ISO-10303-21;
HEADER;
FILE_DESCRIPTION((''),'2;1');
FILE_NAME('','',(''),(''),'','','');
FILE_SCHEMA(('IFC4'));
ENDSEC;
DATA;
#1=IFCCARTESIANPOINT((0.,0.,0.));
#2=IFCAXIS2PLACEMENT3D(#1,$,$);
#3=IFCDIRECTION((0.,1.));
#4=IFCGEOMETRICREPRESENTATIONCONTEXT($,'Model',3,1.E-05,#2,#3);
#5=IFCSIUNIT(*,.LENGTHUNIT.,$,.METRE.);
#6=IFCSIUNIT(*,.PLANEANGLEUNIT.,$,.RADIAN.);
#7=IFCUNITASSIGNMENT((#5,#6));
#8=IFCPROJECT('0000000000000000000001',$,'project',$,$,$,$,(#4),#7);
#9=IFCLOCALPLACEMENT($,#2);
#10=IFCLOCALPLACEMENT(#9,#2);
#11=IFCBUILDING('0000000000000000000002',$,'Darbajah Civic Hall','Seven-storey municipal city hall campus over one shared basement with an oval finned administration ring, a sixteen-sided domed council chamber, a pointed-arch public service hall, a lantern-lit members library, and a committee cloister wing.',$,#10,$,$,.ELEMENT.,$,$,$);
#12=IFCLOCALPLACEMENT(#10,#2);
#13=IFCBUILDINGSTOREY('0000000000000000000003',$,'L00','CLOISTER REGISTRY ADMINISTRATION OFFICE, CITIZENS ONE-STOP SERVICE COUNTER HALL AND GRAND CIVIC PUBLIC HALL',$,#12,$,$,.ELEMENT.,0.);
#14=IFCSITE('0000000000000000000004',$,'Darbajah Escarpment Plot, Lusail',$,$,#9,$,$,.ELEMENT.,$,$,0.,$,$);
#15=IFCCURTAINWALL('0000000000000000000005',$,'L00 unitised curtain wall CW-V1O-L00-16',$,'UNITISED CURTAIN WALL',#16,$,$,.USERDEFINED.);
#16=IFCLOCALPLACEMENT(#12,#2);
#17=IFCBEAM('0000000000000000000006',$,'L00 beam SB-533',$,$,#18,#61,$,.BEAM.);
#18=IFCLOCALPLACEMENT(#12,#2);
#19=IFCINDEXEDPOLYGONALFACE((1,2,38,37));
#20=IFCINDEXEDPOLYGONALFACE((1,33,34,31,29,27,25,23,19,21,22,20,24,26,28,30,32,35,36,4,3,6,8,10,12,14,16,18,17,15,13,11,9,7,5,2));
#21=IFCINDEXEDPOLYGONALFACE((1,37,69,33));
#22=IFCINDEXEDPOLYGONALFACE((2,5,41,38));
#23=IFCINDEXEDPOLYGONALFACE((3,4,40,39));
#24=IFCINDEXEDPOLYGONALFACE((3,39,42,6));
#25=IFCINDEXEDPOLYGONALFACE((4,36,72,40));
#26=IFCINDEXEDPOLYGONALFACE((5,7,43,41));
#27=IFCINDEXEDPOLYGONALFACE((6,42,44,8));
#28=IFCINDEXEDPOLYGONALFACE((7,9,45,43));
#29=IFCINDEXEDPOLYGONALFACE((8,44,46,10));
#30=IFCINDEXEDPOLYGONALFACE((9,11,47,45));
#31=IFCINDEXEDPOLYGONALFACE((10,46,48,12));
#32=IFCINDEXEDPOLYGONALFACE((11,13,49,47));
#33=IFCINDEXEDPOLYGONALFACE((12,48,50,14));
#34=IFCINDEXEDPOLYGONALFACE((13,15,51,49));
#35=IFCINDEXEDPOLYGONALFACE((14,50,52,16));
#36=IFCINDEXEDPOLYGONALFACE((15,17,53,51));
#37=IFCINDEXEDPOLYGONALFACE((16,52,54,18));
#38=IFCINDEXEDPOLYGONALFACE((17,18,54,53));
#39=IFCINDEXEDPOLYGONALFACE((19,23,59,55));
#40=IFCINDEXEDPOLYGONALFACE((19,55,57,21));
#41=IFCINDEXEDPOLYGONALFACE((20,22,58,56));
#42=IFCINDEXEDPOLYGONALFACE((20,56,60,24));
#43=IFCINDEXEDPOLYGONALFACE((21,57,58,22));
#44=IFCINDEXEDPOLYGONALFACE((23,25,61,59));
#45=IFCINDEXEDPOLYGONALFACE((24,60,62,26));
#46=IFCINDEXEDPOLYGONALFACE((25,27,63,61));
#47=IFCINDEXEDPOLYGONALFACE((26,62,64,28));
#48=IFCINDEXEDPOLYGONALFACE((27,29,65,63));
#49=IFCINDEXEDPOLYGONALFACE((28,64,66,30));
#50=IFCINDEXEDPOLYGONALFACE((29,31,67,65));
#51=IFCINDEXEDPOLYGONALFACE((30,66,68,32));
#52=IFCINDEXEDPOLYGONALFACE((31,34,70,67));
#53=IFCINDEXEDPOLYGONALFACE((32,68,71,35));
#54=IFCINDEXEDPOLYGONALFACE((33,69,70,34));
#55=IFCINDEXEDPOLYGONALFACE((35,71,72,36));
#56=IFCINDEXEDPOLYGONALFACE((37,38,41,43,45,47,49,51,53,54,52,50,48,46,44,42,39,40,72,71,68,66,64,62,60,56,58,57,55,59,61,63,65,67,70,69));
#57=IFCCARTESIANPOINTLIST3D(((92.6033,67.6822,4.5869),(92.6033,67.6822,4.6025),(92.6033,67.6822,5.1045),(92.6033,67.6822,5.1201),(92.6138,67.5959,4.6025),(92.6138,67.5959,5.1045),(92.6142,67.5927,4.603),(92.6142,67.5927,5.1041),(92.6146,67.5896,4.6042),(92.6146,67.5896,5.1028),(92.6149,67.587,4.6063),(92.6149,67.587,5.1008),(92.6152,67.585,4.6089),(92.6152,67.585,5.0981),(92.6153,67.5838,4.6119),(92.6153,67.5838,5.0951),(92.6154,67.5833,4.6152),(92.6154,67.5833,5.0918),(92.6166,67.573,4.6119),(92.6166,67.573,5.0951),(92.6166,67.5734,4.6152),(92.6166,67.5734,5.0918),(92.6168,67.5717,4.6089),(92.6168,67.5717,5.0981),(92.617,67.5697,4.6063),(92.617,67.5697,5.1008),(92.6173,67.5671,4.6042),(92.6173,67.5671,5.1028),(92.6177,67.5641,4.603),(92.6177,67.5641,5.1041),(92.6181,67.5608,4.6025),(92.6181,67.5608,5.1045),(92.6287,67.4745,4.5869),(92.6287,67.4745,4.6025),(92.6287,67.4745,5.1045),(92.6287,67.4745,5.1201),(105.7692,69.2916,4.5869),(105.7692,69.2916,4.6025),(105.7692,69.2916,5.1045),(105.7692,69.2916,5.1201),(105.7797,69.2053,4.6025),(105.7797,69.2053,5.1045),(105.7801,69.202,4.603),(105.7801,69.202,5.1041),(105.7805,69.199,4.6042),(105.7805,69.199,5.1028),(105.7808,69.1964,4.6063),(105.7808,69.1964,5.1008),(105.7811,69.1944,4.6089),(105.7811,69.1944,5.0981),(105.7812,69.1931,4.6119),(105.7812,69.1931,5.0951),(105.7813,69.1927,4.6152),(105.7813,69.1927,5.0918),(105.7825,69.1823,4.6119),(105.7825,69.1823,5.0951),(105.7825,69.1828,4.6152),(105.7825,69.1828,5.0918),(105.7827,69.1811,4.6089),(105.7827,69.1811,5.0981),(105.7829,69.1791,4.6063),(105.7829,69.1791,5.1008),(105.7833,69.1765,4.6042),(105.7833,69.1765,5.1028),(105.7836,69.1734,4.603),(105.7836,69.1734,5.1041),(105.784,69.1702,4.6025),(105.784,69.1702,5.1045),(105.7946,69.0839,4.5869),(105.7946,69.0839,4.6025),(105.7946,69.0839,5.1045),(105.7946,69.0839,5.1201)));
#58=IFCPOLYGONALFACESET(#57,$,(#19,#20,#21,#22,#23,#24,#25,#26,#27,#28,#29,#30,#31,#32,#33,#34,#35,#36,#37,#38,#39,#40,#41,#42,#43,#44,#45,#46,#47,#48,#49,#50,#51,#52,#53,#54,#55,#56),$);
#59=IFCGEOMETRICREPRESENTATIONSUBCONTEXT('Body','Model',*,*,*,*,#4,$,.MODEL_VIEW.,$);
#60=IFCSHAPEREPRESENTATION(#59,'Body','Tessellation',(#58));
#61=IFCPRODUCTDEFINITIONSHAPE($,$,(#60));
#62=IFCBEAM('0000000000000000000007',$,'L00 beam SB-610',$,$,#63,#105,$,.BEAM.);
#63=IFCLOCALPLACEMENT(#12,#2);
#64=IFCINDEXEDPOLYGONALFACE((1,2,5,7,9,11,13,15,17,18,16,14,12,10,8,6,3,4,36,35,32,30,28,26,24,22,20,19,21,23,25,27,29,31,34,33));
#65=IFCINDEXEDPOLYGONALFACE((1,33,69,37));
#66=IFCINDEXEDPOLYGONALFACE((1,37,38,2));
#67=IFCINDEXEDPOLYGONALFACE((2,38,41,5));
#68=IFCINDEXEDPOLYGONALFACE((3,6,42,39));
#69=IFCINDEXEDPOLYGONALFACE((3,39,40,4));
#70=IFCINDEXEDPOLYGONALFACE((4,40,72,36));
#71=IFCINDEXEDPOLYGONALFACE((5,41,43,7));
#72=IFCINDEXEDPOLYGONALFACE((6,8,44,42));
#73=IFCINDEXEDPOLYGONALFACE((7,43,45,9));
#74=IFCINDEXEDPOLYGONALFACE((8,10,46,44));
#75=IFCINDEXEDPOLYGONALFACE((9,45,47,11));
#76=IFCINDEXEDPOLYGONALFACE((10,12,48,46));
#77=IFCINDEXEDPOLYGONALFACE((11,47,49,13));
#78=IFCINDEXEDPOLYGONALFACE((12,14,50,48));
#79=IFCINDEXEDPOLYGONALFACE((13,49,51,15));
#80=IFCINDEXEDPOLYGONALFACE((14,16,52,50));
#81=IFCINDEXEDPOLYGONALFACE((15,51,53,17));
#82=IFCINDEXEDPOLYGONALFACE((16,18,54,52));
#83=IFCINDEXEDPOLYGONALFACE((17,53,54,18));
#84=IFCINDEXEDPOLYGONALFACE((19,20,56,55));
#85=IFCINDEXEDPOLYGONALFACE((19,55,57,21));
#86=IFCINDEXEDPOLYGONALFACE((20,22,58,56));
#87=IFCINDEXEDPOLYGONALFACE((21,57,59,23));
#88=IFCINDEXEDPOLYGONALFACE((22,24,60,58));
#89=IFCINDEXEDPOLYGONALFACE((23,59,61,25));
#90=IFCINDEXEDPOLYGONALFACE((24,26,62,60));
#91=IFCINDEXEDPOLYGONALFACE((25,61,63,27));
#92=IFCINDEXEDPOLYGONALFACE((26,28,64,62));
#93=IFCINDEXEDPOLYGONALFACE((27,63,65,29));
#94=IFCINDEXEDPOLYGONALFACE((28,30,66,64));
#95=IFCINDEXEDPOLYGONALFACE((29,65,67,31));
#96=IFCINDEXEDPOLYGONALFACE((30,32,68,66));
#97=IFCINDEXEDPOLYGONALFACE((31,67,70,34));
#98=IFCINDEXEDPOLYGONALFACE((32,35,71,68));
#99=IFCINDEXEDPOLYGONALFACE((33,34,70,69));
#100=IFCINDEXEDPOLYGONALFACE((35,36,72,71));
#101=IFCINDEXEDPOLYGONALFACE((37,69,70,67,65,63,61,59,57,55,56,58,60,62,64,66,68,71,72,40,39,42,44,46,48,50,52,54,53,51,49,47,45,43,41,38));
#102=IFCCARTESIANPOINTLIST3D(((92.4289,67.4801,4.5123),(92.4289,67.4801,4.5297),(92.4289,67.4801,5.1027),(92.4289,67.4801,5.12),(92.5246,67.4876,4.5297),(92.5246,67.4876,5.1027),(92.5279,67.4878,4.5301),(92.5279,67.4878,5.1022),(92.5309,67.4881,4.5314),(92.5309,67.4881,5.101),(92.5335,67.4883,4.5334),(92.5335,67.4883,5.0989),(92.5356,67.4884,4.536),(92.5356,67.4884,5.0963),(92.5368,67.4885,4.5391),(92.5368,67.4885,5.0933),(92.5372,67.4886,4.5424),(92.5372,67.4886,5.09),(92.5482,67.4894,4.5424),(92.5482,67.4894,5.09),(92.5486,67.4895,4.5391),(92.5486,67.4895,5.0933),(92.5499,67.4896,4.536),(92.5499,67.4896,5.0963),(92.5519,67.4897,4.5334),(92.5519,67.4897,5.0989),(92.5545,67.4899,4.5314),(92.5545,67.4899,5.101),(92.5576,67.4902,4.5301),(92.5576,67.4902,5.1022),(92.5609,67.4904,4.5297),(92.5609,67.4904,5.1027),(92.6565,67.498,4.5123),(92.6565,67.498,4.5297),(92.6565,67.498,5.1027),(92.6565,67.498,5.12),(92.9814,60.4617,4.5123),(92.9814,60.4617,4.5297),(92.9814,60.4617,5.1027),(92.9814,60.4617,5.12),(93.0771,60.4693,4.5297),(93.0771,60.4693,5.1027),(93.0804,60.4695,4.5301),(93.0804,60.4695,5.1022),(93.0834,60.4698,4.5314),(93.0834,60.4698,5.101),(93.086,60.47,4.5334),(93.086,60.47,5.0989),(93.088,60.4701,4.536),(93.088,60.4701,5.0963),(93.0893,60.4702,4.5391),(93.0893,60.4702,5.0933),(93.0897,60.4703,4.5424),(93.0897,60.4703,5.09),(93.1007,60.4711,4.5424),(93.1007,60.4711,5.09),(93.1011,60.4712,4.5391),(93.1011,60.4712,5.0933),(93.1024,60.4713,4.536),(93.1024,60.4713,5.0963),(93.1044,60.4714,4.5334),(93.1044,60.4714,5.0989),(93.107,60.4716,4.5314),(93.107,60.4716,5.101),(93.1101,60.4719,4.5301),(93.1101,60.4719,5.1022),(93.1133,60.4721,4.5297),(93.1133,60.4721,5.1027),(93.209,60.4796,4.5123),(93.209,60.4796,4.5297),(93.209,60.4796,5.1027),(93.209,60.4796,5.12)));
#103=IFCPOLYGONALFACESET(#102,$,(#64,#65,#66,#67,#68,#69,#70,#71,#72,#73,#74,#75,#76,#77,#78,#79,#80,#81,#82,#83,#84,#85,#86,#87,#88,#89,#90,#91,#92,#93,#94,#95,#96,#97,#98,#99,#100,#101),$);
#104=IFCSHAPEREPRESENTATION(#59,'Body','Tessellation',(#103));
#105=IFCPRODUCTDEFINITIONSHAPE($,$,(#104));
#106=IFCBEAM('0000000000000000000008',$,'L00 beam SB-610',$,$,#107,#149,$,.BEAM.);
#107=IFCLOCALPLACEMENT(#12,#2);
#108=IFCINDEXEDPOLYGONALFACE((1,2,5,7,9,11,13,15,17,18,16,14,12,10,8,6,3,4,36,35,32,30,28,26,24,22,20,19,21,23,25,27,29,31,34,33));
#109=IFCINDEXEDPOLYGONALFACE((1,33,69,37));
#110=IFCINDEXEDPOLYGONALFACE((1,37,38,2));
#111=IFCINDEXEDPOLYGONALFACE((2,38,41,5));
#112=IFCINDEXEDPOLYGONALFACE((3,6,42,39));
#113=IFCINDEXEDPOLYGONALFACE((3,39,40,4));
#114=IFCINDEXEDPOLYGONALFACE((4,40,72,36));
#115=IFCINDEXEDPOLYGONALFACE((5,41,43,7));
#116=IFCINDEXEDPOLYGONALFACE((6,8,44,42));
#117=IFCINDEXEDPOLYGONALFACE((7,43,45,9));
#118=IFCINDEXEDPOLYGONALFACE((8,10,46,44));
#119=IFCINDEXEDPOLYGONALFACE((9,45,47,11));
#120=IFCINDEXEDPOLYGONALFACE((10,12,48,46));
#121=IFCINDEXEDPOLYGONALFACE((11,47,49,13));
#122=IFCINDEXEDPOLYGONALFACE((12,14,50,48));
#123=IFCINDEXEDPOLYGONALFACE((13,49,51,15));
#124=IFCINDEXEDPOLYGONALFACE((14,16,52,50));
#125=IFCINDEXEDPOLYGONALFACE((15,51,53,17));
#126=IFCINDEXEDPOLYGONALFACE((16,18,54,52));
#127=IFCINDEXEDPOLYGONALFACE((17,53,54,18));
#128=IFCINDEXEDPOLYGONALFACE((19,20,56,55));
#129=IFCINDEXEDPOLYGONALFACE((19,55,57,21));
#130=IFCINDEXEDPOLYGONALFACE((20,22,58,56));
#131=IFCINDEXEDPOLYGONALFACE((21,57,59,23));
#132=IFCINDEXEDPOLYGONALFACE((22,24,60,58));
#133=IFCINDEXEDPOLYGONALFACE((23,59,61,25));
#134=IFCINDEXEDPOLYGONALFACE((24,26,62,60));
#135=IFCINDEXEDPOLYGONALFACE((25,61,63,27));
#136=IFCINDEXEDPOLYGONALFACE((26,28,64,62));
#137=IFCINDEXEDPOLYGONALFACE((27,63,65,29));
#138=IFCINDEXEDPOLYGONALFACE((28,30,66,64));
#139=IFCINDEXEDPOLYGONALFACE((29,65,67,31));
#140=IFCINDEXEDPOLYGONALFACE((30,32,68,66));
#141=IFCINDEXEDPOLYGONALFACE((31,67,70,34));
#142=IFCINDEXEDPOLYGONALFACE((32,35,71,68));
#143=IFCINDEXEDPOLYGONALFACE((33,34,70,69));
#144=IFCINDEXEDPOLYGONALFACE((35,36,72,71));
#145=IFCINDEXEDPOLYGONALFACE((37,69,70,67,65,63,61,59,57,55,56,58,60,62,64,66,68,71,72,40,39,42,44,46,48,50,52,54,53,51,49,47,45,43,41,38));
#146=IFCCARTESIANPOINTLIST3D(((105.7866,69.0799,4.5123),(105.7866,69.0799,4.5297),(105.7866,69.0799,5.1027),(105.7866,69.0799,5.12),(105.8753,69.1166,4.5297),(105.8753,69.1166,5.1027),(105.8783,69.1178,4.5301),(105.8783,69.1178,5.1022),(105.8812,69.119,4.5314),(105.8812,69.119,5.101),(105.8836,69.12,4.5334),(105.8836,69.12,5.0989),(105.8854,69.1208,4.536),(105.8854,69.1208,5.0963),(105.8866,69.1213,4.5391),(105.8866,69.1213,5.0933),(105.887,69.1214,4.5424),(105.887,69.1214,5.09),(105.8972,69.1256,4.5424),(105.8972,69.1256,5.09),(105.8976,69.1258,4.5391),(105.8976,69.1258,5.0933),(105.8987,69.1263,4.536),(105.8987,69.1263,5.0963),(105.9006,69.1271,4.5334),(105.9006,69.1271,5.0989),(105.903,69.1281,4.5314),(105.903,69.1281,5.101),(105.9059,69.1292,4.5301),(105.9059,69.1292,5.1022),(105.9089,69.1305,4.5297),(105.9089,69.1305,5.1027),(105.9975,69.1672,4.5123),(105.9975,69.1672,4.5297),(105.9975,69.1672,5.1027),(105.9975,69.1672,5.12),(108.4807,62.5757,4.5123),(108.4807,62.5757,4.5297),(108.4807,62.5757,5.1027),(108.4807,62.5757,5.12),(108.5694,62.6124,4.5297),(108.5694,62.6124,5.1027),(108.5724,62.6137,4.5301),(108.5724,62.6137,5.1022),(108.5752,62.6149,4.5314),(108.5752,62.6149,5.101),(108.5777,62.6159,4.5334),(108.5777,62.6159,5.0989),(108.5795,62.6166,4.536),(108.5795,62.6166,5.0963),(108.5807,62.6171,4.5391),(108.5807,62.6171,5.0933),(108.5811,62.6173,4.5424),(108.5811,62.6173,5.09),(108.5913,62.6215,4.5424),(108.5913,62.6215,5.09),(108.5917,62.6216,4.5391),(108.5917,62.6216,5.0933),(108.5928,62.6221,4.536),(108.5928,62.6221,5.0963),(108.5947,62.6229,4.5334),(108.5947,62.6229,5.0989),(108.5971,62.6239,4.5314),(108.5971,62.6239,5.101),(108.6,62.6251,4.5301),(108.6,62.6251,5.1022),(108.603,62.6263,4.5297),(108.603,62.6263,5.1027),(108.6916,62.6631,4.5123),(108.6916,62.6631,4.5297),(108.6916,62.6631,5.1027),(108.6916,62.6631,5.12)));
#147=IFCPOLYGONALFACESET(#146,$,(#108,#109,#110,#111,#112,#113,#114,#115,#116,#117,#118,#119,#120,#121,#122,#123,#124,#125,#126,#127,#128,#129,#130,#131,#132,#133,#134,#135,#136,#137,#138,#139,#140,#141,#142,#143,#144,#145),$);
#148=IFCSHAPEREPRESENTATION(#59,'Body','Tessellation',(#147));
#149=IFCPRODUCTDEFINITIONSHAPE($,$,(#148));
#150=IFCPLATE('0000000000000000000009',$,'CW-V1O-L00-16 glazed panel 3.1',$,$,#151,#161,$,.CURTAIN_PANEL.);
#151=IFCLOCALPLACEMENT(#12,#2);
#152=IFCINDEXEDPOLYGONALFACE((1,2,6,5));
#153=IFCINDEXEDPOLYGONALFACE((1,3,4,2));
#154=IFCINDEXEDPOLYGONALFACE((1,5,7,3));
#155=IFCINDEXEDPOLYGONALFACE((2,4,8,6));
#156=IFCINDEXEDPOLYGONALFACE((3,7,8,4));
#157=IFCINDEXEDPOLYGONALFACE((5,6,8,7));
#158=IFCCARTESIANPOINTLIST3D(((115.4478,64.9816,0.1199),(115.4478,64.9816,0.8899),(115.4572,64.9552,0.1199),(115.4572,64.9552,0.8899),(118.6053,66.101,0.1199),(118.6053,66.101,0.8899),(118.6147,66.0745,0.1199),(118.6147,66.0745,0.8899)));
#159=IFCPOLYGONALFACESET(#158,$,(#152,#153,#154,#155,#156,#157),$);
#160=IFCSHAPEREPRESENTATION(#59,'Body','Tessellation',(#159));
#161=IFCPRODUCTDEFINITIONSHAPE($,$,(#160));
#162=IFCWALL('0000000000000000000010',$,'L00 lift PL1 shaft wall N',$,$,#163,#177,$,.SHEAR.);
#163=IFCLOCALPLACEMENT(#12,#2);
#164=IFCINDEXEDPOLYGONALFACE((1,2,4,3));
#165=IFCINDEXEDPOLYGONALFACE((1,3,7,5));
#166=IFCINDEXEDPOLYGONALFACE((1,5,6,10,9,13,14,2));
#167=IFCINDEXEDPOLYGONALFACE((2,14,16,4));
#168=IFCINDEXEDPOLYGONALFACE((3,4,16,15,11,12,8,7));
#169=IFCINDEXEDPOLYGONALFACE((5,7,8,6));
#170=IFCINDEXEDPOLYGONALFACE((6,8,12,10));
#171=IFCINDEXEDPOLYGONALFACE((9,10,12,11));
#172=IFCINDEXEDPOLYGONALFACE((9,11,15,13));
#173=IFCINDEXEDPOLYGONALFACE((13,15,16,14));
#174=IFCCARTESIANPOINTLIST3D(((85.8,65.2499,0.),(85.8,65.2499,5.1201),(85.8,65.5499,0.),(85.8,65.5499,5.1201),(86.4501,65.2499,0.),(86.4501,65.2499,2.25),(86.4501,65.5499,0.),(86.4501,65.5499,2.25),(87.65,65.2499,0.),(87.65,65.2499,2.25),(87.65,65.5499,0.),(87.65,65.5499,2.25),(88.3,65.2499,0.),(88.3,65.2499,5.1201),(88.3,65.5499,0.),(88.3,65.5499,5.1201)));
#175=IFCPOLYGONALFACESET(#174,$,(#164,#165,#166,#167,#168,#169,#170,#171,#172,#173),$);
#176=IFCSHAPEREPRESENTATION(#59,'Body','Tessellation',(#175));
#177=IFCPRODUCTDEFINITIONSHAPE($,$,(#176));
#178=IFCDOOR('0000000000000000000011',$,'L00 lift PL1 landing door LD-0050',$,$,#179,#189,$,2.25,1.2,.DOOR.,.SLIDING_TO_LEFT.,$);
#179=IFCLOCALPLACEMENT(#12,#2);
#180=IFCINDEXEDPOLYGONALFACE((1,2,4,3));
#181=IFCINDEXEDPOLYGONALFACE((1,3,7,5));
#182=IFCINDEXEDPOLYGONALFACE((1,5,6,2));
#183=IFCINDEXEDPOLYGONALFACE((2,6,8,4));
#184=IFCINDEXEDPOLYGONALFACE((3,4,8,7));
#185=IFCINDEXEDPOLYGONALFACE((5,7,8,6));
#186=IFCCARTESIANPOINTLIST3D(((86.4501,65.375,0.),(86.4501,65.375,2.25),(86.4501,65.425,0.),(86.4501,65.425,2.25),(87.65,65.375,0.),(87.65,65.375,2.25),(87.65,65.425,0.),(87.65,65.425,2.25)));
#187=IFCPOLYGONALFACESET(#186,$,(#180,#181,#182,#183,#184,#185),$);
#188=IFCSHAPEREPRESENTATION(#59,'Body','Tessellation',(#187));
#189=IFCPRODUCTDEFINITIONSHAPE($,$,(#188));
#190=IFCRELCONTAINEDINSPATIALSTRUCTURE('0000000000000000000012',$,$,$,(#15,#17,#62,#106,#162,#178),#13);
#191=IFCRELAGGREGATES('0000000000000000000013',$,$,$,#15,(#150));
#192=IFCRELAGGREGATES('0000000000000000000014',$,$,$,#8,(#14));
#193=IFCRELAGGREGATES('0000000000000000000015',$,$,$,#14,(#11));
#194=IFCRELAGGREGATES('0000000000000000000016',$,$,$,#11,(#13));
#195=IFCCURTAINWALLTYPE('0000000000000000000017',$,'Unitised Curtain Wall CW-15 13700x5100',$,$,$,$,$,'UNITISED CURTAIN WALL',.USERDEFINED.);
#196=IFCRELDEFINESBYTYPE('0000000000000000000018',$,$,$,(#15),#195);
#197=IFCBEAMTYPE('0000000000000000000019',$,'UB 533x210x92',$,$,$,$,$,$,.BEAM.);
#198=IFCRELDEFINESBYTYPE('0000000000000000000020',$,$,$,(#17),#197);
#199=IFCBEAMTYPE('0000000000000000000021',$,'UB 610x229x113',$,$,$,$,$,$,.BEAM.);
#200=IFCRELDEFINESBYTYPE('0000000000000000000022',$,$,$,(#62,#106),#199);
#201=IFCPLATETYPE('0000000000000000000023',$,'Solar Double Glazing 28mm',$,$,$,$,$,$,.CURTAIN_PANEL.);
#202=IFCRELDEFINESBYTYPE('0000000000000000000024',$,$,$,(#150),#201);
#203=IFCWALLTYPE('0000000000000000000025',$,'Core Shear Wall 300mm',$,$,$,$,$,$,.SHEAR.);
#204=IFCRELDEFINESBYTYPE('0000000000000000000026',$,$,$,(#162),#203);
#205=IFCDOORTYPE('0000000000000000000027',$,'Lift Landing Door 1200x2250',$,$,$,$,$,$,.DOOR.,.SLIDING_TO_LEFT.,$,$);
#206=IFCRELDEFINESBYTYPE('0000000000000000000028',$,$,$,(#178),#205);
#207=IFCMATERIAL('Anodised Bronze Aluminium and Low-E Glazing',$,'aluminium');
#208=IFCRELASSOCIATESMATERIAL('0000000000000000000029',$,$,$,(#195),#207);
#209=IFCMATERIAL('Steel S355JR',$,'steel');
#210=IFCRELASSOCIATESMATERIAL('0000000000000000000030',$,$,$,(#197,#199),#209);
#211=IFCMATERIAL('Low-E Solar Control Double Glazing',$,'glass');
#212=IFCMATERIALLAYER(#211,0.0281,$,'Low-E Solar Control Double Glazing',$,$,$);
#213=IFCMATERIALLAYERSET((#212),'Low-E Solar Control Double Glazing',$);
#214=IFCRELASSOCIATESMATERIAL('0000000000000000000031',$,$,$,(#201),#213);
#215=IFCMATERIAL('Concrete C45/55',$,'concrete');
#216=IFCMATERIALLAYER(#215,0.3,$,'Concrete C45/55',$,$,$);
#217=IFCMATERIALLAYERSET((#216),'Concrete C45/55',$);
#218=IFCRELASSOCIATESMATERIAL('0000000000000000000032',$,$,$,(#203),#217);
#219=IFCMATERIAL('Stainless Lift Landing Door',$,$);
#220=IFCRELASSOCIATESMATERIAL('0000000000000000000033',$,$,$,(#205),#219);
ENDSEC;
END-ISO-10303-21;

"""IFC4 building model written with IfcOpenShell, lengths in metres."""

from ifc_helpers import new_model, si_unit, direction, frame, frame_2d, origin, origin_2d, place, context, subcontext, project, spatial, rectangle, i_section, extrude, material, layer, layer_set, material_profile, profile_set, type_object, element, fill, aggregate, save


model = new_model("IFC4")

# Units and contexts
model_context = context("Model", 3, precision=1e-05, world=origin(), true_north=direction((0.0, 1.0)))
body_context = subcontext(model_context, "Body", "Model", "MODEL_VIEW")
ifc_project = project(units=[si_unit("LENGTHUNIT", "METRE"), si_unit("PLANEANGLEUNIT", "RADIAN")], contexts=[model_context])

# Site, building, storey
site_placement = place(None, origin())
site = spatial("IfcSite", under=ifc_project, at=site_placement, Name="Darbajah Escarpment Plot, Lusail", CompositionType="ELEMENT", RefElevation=0.0)
building_placement = place(site_placement, origin())
building = spatial("IfcBuilding", under=site, at=building_placement, Name="Darbajah Civic Hall", Description="Seven-storey municipal city hall campus over one shared basement with an oval finned administration ring, a sixteen-sided domed council chamber, a pointed-arch public service hall, a lantern-lit members library, and a committee cloister wing.", CompositionType="ELEMENT")
storey_placement = place(building_placement, origin())
storey = spatial("IfcBuildingStorey", under=building, at=storey_placement, Name="L00", Description="CLOISTER REGISTRY ADMINISTRATION OFFICE, CITIZENS ONE-STOP SERVICE COUNTER HALL AND GRAND CIVIC PUBLIC HALL", CompositionType="ELEMENT", Elevation=0.0)

# Shared definitions
ifc_material_1 = material(Name="Concrete C45/55", Category="concrete")

# Curtain wall
ifc_material_2 = material(Name="Anodised Bronze Aluminium and Low-E Glazing", Category="aluminium")
curtain_wall_type = type_object("IfcCurtainWallType", Name="Unitised Curtain Wall CW-15 13700x5100", ElementType="UNITISED CURTAIN WALL", PredefinedType="USERDEFINED", material=ifc_material_2)
curtain_wall_placement = place(storey_placement, origin())
curtain_wall = element("IfcCurtainWall", 1, at=curtain_wall_placement, inside=storey, type_object=curtain_wall_type, Name="L00 unitised curtain wall CW-V1O-L00-16", ObjectType="UNITISED CURTAIN WALL", PredefinedType="USERDEFINED")

# Beams
ifc_material_3 = material(Name="Steel S355JR", Category="steel")
ifc_material_profile_1 = material_profile(ifc_material_3, i_section(OverallWidth=0.2092, OverallDepth=0.5332, WebThickness=0.01, FlangeThickness=0.0156, FilletRadius=0.0127, at=origin_2d()), Name="UB 533x210x92")
ifc_profile_set_1 = profile_set([ifc_material_profile_1], Name="Steel S355JR")
beam_type_1 = type_object("IfcBeamType", Name="UB 533x210x92", PredefinedType="BEAM", material=ifc_profile_set_1)
beam_1_placement = place(storey_placement, frame((92.616, 67.5784, 4.8535), z_axis=(0.992612, 0.121334, 0.0), x_axis=(-0.121334, 0.992612, 0.0)))
element("IfcBeam", 2, at=beam_1_placement, inside=storey, type_object=beam_type_1, Name="L00 beam SB-533", PredefinedType="BEAM", context=body_context, shape_type="SweptSolid", body=[
    extrude(i_section(OverallWidth=0.2092, OverallDepth=0.5332, WebThickness=0.01, FlangeThickness=0.0156, FilletRadius=0.0127, at=origin_2d()), origin(), (0.0, 0.0, 1.0), 13.2639),
])
ifc_material_profile_2 = material_profile(ifc_material_3, i_section(OverallWidth=0.2283, OverallDepth=0.6077, WebThickness=0.011, FlangeThickness=0.0173, FilletRadius=0.0127, at=origin_2d()), Name="UB 610x229x113")
ifc_profile_set_2 = profile_set([ifc_material_profile_2], Name="Steel S355JR")
beam_type_2 = type_object("IfcBeamType", Name="UB 610x229x113", PredefinedType="BEAM", material=ifc_profile_set_2)
for number, where, z_axis, x_axis, name in (
    (3, (92.5427, 67.489, 4.8162), (0.078478, -0.996916, 0.0), (0.996916, 0.078478, 0.0), "L00 beam SB-610"),
    (4, (105.8921, 69.1235, 4.8162), (0.382682, -0.92388, 0.0), (0.92388, 0.382682, 0.0), "L00 beam SB-610"),
):
    element("IfcBeam", number, at=place(storey_placement, frame(where, z_axis=z_axis, x_axis=x_axis)), inside=storey, type_object=beam_type_2, Name=name, PredefinedType="BEAM", context=body_context, shape_type="SweptSolid", body=[
        extrude(i_section(OverallWidth=0.2283, OverallDepth=0.6077, WebThickness=0.011, FlangeThickness=0.0173, FilletRadius=0.0127, at=origin_2d()), origin(), (0.0, 0.0, 1.0), 7.04),
    ])

# Plate
ifc_material_4 = material(Name="Low-E Solar Control Double Glazing", Category="glass")
ifc_layer_1 = layer(ifc_material_4, 0.0281, Name="Low-E Solar Control Double Glazing")
ifc_layer_set_1 = layer_set([ifc_layer_1], Name="Low-E Solar Control Double Glazing")
plate_type = type_object("IfcPlateType", Name="Solar Double Glazing 28mm", PredefinedType="CURTAIN_PANEL", material=ifc_layer_set_1)
plate_placement = place(storey_placement, frame((117.0312, 65.5281, 0.1199), z_axis=(0.0, 0.0, 1.0), x_axis=(0.942525, 0.334136, 0.0)))
plate = element("IfcPlate", 5, at=plate_placement, type_object=plate_type, Name="CW-V1O-L00-16 glazed panel 3.1", PredefinedType="CURTAIN_PANEL", context=body_context, shape_type="SweptSolid", body=[
    extrude(rectangle(XDim=3.3501, YDim=0.0281, at=origin_2d()), origin(), (0.0, 0.0, 1.0), 0.77),
])
aggregate(curtain_wall, [plate])

# Wall, opening, door
ifc_layer_2 = layer(ifc_material_1, 0.3, Name="Concrete C45/55")
ifc_layer_set_2 = layer_set([ifc_layer_2], Name="Concrete C45/55")
wall_type_1 = type_object("IfcWallType", Name="Core Shear Wall 300mm", PredefinedType="SHEAR", material=ifc_layer_set_2)
wall_1_placement = place(storey_placement, frame((88.3, 65.3999, 0.0), z_axis=(0.0, 0.0, 1.0), x_axis=(-1.0, 0.0, 0.0)))
wall_1 = element("IfcWall", 6, at=wall_1_placement, inside=storey, type_object=wall_type_1, Name="L00 lift PL1 shaft wall N", PredefinedType="SHEAR", context=body_context, shape_type="SweptSolid", body=[
    extrude(rectangle(XDim=2.5, YDim=0.3, at=frame_2d((1.25, 0.0))), origin(), (0.0, 0.0, 1.0), 5.1201),
])
opening_1_placement = place(wall_1_placement, frame((0.6499, 0.0, 0.0)))
opening_1 = element("IfcOpeningElement", 7, at=opening_1_placement, cuts=wall_1, PredefinedType="OPENING", context=body_context, shape_type="SweptSolid", body=[
    extrude(rectangle(XDim=1.2, YDim=2.25, at=frame_2d((0.6001, 1.125))), frame((0.0, 0.1599, 0.0), z_axis=(0.0, -1.0, 0.0), x_axis=(1.0, 0.0, 0.0)), (0.0, 0.0, 1.0), 0.3201),
])
ifc_material_5 = material(Name="Stainless Lift Landing Door")
door_type_1 = type_object("IfcDoorType", Name="Lift Landing Door 1200x2250", OperationType="SLIDING_TO_LEFT", PredefinedType="DOOR", material=ifc_material_5)
door_1_placement = place(opening_1_placement, origin())
door_1 = element("IfcDoor", 8, at=door_1_placement, inside=storey, type_object=door_type_1, Name="L00 lift PL1 landing door LD-0050", OperationType="SLIDING_TO_LEFT", OverallHeight=2.25, OverallWidth=1.2, PredefinedType="DOOR", context=body_context, shape_type="SweptSolid", body=[
    extrude(rectangle(XDim=1.2, YDim=2.25, at=frame_2d((0.6001, 1.125))), frame((0.0, 0.0249, 0.0), z_axis=(0.0, -1.0, 0.0), x_axis=(1.0, 0.0, 0.0)), (0.0, 0.0, 1.0), 0.05),
])
fill(opening_1, door_1)

save(model, "model.ifc")
